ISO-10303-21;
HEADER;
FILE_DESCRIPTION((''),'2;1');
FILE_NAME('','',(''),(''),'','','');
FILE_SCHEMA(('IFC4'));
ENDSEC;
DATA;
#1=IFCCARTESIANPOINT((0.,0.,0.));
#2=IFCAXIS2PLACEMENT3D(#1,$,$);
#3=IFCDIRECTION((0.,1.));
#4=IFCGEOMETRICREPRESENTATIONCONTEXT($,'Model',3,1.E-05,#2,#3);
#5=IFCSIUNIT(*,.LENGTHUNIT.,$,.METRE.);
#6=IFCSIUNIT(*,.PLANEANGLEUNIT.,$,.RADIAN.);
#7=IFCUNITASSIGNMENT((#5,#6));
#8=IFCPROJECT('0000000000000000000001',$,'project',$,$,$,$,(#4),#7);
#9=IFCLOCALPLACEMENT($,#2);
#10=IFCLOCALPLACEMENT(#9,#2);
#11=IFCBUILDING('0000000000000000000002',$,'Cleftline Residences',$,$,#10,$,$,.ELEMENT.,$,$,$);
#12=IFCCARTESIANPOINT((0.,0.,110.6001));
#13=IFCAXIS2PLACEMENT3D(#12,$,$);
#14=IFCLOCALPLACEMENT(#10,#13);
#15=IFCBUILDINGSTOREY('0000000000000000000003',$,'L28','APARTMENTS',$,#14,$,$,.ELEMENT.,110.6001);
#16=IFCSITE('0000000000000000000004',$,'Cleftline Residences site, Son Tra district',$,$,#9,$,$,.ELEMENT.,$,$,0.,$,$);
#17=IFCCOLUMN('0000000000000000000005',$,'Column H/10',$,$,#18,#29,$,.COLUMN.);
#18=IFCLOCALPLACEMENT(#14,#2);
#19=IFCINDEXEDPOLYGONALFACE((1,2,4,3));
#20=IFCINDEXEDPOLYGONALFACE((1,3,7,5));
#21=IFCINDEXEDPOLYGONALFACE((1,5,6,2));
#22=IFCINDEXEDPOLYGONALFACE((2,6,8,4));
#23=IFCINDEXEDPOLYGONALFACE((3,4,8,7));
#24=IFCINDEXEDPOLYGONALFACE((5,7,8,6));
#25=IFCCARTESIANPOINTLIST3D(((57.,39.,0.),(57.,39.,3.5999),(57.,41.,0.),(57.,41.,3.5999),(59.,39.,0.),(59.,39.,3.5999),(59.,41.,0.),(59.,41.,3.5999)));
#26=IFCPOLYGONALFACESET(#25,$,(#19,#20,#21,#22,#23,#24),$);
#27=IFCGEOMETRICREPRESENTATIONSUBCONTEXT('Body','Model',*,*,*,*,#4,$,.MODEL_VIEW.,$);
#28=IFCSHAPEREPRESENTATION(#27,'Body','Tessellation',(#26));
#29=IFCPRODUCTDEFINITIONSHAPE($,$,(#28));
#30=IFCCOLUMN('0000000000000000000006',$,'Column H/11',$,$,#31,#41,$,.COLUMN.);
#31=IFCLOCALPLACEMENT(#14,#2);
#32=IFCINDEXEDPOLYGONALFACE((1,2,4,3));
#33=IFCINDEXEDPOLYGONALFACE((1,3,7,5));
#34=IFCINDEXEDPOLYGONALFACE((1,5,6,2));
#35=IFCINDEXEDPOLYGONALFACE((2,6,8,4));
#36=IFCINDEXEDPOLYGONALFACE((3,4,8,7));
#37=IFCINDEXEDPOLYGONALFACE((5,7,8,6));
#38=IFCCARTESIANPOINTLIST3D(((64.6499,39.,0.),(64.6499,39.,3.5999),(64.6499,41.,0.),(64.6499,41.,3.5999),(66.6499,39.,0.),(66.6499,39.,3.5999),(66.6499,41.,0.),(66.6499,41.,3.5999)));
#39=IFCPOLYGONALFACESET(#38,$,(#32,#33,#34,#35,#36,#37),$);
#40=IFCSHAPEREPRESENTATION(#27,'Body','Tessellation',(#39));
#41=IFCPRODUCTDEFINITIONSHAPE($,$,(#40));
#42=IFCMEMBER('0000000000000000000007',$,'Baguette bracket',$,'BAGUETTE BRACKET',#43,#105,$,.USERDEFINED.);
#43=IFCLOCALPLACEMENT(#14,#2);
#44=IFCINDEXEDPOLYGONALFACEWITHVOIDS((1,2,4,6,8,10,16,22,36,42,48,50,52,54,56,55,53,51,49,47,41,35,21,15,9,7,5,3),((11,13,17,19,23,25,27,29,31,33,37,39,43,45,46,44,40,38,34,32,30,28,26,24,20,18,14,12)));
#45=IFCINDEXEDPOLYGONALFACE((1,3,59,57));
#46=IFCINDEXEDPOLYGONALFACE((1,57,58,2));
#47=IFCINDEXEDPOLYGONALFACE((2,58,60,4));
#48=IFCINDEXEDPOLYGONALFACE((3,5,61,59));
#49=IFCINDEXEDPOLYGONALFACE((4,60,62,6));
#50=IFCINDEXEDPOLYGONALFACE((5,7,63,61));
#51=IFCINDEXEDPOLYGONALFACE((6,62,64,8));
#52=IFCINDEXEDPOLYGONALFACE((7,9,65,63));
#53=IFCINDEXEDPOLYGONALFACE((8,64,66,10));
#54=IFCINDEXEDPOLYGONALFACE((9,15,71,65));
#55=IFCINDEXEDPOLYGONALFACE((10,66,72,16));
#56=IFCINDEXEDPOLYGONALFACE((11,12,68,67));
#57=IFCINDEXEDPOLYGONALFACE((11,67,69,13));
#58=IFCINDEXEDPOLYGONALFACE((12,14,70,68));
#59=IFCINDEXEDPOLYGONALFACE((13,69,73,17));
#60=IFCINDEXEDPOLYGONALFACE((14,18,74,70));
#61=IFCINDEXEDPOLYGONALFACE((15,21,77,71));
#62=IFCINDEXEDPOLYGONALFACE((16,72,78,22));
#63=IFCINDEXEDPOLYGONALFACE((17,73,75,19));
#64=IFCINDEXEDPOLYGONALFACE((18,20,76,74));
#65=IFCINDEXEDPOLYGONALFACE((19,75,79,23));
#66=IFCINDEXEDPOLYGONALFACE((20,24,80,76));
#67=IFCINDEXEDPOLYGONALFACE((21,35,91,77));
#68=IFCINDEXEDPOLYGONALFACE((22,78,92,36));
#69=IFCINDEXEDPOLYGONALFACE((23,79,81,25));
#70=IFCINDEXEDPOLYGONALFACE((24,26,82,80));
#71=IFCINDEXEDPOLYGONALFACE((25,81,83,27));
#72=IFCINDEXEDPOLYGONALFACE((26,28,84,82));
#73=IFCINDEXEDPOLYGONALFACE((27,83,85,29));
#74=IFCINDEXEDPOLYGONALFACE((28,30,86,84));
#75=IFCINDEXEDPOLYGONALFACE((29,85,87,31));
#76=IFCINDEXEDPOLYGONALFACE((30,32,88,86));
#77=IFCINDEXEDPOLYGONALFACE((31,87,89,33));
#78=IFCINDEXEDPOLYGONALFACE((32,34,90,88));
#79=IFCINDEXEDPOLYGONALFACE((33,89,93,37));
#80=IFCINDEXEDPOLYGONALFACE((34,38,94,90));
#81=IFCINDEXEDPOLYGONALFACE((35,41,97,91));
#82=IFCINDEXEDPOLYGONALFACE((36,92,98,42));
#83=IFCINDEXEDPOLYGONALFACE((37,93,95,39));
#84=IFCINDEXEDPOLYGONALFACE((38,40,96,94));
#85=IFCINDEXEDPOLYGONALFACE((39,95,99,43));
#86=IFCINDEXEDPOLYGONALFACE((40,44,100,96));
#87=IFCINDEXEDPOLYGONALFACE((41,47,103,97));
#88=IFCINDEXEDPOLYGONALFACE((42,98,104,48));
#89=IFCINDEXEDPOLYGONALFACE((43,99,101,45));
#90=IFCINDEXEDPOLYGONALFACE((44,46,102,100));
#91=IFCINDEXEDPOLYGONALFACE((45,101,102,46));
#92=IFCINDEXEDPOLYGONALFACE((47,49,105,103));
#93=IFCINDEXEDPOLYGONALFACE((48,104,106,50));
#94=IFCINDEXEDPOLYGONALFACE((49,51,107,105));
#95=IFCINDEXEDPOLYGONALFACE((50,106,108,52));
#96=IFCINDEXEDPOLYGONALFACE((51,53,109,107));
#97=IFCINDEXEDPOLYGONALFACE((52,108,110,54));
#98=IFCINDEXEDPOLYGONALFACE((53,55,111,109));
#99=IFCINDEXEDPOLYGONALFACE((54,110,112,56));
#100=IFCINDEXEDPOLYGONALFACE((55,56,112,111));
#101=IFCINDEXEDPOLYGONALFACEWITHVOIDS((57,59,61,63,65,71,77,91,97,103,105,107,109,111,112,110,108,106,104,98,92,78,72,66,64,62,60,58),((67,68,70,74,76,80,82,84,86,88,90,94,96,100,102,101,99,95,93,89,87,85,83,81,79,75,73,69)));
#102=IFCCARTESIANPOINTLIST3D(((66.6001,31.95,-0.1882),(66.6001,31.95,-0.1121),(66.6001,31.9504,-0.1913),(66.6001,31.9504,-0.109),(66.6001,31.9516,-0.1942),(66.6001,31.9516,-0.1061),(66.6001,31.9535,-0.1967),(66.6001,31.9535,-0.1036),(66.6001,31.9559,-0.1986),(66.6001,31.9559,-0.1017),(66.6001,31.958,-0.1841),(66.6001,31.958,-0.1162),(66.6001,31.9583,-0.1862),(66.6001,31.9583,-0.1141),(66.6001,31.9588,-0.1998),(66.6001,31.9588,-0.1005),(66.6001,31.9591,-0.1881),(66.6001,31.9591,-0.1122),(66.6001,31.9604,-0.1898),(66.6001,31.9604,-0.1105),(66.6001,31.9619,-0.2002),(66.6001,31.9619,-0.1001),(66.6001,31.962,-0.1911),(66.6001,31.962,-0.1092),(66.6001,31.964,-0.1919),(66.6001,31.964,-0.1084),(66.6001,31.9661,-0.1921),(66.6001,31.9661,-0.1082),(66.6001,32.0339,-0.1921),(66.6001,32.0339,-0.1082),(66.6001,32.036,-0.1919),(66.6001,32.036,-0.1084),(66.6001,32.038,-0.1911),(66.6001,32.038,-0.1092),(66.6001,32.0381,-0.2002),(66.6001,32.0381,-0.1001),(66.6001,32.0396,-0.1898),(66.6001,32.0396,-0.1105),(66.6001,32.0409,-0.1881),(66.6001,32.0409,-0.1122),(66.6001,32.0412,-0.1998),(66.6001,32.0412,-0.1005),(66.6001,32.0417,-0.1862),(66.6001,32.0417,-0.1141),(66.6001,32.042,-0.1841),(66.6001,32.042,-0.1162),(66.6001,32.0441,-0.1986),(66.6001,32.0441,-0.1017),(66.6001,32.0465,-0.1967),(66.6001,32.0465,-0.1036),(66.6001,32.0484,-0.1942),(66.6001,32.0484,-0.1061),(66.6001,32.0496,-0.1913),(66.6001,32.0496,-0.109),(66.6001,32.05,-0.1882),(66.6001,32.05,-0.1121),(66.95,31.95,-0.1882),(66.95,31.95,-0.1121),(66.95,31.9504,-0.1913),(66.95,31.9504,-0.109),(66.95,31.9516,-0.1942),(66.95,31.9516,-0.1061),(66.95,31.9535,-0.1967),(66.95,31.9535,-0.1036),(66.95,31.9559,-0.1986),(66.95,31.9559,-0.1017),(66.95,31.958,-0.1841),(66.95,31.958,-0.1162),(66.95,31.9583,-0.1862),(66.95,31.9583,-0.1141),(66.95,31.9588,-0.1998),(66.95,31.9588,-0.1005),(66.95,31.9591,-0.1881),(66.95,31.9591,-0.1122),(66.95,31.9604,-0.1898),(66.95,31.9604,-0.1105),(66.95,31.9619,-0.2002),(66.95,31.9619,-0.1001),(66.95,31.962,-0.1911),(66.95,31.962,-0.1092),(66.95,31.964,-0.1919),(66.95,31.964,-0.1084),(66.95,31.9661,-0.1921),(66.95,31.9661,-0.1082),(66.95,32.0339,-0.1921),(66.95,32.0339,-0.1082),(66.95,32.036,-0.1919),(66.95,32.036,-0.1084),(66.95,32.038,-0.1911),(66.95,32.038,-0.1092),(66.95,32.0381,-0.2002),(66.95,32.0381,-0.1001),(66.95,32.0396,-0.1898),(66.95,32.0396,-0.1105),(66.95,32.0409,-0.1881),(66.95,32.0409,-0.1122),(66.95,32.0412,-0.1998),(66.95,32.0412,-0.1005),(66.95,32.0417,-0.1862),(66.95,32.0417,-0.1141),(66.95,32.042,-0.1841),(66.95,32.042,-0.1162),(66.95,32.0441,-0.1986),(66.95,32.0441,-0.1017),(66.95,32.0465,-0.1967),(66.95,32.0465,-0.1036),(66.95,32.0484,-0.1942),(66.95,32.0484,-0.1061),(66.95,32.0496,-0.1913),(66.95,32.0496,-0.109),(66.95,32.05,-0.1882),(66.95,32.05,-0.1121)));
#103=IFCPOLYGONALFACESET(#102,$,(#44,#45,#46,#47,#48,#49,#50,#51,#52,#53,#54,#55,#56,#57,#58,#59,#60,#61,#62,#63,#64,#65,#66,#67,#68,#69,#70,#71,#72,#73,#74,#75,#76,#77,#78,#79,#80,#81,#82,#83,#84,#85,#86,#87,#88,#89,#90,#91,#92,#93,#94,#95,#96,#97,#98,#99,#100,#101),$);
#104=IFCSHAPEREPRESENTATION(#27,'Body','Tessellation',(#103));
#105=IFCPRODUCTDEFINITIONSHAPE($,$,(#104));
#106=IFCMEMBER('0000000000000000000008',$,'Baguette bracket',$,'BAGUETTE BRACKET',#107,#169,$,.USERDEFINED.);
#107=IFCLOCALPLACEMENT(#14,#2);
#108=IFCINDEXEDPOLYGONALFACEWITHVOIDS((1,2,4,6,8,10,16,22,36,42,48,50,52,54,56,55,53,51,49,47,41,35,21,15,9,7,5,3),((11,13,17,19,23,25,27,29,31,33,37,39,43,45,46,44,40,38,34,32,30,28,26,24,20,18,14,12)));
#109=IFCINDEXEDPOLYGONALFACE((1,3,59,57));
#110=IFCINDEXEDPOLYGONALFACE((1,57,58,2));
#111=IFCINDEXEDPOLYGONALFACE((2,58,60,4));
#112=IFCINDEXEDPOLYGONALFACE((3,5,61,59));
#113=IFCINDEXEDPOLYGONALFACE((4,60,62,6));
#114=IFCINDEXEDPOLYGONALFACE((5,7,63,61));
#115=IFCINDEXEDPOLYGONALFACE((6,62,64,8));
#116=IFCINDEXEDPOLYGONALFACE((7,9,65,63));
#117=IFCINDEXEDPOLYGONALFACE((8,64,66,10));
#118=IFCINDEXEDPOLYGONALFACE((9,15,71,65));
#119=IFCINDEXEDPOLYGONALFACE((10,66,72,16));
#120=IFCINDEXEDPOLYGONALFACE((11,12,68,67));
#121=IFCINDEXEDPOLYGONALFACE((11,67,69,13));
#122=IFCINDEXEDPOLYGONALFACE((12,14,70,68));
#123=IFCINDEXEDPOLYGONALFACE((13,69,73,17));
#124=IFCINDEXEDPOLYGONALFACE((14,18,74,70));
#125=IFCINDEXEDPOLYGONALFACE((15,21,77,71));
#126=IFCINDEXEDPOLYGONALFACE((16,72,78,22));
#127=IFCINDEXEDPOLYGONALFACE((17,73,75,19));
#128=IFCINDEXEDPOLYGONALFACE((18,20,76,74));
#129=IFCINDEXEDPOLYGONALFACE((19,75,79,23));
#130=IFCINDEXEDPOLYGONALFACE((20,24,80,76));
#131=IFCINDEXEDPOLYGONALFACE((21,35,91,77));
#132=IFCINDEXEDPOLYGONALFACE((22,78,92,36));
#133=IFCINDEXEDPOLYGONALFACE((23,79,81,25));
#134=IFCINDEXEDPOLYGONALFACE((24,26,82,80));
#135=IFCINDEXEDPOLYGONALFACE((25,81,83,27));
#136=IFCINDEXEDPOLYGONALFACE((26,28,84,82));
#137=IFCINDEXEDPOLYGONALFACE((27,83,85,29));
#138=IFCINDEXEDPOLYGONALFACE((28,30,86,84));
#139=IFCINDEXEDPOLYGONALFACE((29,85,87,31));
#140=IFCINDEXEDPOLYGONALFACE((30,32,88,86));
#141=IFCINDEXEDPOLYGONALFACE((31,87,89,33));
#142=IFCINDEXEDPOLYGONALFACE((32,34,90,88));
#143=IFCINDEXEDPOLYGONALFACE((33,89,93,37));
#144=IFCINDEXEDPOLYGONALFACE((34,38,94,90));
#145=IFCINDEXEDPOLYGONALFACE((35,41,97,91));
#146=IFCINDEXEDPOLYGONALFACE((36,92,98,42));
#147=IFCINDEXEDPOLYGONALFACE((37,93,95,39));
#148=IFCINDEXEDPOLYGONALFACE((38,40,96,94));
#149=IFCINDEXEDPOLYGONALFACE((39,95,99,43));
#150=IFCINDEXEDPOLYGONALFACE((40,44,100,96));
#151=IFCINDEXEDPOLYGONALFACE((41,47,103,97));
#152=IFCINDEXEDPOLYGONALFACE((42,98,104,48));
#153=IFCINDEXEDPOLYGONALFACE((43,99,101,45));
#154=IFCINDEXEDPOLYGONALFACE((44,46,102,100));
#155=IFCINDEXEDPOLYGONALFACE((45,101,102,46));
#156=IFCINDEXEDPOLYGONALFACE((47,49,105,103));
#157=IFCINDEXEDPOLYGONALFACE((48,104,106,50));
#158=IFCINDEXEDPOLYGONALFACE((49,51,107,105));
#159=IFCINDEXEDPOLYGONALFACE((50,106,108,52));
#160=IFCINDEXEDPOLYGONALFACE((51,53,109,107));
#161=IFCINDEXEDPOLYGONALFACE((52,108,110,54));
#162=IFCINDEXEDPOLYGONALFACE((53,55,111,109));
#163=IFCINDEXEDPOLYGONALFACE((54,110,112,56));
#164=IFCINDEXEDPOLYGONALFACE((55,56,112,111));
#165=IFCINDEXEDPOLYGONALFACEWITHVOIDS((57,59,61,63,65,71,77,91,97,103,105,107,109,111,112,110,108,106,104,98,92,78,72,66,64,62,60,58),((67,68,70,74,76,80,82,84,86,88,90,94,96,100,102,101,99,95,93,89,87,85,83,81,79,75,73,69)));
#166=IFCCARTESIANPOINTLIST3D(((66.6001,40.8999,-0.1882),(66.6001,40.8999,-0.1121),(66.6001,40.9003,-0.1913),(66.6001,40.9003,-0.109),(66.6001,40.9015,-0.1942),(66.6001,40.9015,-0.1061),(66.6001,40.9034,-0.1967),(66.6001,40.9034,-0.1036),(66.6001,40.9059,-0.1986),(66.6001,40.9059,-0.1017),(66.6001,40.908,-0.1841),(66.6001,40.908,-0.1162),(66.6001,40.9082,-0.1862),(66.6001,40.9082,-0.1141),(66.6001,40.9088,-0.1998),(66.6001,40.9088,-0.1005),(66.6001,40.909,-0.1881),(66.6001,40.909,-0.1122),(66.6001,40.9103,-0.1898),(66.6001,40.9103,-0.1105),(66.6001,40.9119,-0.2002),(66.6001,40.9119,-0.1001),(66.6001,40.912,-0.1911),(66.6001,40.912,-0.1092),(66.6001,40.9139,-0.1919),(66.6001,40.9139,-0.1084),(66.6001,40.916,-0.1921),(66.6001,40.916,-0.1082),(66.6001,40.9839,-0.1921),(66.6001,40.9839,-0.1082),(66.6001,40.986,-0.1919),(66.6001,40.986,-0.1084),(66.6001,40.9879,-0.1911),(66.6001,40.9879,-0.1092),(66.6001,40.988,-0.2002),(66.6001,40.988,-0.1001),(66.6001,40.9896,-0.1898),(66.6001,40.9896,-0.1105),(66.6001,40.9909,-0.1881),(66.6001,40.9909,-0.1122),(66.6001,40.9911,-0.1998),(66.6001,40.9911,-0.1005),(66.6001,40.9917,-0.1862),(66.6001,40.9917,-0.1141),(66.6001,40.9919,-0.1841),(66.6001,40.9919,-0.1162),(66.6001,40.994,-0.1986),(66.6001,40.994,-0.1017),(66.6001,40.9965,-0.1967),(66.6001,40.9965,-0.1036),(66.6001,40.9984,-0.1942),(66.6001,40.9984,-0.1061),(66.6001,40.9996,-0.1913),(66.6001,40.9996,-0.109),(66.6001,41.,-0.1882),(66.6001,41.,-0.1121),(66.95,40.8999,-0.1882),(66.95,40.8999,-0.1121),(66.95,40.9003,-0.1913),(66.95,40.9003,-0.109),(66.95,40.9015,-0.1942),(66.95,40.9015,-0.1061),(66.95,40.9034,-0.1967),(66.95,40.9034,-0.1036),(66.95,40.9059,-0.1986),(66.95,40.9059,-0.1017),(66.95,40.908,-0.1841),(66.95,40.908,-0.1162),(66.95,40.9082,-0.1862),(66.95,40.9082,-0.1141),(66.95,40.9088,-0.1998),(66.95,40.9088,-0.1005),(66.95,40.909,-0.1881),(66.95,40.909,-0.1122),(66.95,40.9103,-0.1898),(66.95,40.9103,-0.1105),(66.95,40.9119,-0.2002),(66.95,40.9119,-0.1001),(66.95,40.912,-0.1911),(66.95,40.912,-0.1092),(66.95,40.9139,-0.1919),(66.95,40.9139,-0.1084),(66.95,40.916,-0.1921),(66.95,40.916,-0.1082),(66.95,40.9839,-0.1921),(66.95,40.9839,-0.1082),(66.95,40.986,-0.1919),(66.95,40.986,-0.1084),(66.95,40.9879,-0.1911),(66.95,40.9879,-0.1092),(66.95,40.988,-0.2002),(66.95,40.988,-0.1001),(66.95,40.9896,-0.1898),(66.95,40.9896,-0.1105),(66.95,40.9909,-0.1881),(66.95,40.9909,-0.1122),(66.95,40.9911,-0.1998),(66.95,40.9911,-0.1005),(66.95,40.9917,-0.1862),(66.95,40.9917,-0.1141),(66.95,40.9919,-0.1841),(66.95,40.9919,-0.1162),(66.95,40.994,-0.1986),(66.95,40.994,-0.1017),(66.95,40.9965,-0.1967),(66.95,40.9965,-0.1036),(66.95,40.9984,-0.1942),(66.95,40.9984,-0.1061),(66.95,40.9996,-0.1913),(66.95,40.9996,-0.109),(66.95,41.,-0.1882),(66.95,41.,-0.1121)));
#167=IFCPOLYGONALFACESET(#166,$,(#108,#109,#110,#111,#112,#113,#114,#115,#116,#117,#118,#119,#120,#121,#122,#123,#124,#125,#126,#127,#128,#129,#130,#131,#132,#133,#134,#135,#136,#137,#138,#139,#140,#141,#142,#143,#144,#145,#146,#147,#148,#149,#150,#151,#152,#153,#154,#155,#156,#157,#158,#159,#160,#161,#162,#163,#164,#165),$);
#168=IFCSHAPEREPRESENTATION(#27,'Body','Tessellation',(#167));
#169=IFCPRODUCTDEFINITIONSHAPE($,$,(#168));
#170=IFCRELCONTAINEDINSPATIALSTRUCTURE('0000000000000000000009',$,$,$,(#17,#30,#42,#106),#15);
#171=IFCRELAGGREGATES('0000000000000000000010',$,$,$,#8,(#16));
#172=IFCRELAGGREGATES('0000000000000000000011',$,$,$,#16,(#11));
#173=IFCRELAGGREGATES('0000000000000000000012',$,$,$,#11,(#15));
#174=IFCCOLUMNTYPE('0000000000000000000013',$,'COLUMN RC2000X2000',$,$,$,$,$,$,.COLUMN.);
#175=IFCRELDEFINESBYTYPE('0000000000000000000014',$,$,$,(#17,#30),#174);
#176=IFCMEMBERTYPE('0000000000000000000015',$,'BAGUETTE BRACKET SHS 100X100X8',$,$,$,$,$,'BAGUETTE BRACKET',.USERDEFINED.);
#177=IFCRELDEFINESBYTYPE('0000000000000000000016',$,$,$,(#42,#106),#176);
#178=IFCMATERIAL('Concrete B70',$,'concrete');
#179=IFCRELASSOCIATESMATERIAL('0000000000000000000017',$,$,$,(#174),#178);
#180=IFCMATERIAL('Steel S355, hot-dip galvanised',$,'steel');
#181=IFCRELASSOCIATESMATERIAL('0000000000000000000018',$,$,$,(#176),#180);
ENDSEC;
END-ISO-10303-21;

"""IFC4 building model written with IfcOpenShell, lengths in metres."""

from ifc_helpers import new_model, si_unit, direction, frame, origin, origin_2d, place, context, subcontext, project, spatial, rectangle, hollow_rectangle, extrude, material, material_profile, profile_set, type_object, element, save


model = new_model("IFC4")

# Units and contexts
model_context = context("Model", 3, precision=1e-05, world=origin(), true_north=direction((0.0, 1.0)))
body_context = subcontext(model_context, "Body", "Model", "MODEL_VIEW")
ifc_project = project(units=[si_unit("LENGTHUNIT", "METRE"), si_unit("PLANEANGLEUNIT", "RADIAN")], contexts=[model_context])

# Site, building, storey
site_placement = place(None, origin())
site = spatial("IfcSite", under=ifc_project, at=site_placement, Name="Cleftline Residences site, Son Tra district", CompositionType="ELEMENT", RefElevation=0.0)
building_placement = place(site_placement, origin())
building = spatial("IfcBuilding", under=site, at=building_placement, Name="Cleftline Residences", CompositionType="ELEMENT")
storey_placement = place(building_placement, frame((0.0, 0.0, 110.6001)))
storey = spatial("IfcBuildingStorey", under=building, at=storey_placement, Name="L28", Description="APARTMENTS", CompositionType="ELEMENT", Elevation=110.6001)

# Columns
ifc_material_1 = material(Name="Concrete B70", Category="concrete")
ifc_material_profile_1 = material_profile(ifc_material_1, rectangle(XDim=2.0, YDim=2.0, at=origin_2d()))
ifc_profile_set_1 = profile_set([ifc_material_profile_1], Name="Concrete B70")
column_type = type_object("IfcColumnType", Name="COLUMN RC2000X2000", PredefinedType="COLUMN", material=ifc_profile_set_1)
for number, where, z_axis, x_axis, name in (
    (1, (58.0, 40.0, 0.0), (0.0, 0.0, 1.0), (1.0, 0.0, 0.0), "Column H/10"),
    (2, (65.6499, 40.0, 0.0), (0.0, 0.0, 1.0), (1.0, 0.0, 0.0), "Column H/11"),
):
    element("IfcColumn", number, at=place(storey_placement, frame(where, z_axis=z_axis, x_axis=x_axis)), inside=storey, type_object=column_type, Name=name, PredefinedType="COLUMN", context=body_context, shape_type="SweptSolid", body=[
        extrude(rectangle(XDim=2.0, YDim=2.0, at=origin_2d()), origin(), (0.0, 0.0, 1.0), 3.5999),
    ])

# Members
ifc_material_2 = material(Name="Steel S355, hot-dip galvanised", Category="steel")
ifc_material_profile_2 = material_profile(ifc_material_2, hollow_rectangle(XDim=0.1001, YDim=0.1001, WallThickness=0.0081, InnerFilletRadius=0.0081, OuterFilletRadius=0.012, at=origin_2d()))
ifc_profile_set_2 = profile_set([ifc_material_profile_2], Name="Steel S355, hot-dip galvanised")
member_type_1 = type_object("IfcMemberType", Name="BAGUETTE BRACKET SHS 100X100X8", ElementType="BAGUETTE BRACKET", PredefinedType="USERDEFINED", material=ifc_profile_set_2)
for number, where, z_axis, x_axis, name in (
    (3, (66.6001, 32.0, -0.1501), (1.0, 0.0, 0.0), (0.0, 1.0, 0.0), "Baguette bracket"),
    (4, (66.6001, 40.95, -0.1501), (1.0, 0.0, 0.0), (0.0, 1.0, 0.0), "Baguette bracket"),
):
    element("IfcMember", number, at=place(storey_placement, frame(where, z_axis=z_axis, x_axis=x_axis)), inside=storey, type_object=member_type_1, Name=name, ObjectType="BAGUETTE BRACKET", PredefinedType="USERDEFINED", context=body_context, shape_type="SweptSolid", body=[
        extrude(hollow_rectangle(XDim=0.1001, YDim=0.1001, WallThickness=0.0081, InnerFilletRadius=0.0081, OuterFilletRadius=0.012, at=origin_2d()), origin(), (0.0, 0.0, 1.0), 0.3499),
    ])

save(model, "model.ifc")
